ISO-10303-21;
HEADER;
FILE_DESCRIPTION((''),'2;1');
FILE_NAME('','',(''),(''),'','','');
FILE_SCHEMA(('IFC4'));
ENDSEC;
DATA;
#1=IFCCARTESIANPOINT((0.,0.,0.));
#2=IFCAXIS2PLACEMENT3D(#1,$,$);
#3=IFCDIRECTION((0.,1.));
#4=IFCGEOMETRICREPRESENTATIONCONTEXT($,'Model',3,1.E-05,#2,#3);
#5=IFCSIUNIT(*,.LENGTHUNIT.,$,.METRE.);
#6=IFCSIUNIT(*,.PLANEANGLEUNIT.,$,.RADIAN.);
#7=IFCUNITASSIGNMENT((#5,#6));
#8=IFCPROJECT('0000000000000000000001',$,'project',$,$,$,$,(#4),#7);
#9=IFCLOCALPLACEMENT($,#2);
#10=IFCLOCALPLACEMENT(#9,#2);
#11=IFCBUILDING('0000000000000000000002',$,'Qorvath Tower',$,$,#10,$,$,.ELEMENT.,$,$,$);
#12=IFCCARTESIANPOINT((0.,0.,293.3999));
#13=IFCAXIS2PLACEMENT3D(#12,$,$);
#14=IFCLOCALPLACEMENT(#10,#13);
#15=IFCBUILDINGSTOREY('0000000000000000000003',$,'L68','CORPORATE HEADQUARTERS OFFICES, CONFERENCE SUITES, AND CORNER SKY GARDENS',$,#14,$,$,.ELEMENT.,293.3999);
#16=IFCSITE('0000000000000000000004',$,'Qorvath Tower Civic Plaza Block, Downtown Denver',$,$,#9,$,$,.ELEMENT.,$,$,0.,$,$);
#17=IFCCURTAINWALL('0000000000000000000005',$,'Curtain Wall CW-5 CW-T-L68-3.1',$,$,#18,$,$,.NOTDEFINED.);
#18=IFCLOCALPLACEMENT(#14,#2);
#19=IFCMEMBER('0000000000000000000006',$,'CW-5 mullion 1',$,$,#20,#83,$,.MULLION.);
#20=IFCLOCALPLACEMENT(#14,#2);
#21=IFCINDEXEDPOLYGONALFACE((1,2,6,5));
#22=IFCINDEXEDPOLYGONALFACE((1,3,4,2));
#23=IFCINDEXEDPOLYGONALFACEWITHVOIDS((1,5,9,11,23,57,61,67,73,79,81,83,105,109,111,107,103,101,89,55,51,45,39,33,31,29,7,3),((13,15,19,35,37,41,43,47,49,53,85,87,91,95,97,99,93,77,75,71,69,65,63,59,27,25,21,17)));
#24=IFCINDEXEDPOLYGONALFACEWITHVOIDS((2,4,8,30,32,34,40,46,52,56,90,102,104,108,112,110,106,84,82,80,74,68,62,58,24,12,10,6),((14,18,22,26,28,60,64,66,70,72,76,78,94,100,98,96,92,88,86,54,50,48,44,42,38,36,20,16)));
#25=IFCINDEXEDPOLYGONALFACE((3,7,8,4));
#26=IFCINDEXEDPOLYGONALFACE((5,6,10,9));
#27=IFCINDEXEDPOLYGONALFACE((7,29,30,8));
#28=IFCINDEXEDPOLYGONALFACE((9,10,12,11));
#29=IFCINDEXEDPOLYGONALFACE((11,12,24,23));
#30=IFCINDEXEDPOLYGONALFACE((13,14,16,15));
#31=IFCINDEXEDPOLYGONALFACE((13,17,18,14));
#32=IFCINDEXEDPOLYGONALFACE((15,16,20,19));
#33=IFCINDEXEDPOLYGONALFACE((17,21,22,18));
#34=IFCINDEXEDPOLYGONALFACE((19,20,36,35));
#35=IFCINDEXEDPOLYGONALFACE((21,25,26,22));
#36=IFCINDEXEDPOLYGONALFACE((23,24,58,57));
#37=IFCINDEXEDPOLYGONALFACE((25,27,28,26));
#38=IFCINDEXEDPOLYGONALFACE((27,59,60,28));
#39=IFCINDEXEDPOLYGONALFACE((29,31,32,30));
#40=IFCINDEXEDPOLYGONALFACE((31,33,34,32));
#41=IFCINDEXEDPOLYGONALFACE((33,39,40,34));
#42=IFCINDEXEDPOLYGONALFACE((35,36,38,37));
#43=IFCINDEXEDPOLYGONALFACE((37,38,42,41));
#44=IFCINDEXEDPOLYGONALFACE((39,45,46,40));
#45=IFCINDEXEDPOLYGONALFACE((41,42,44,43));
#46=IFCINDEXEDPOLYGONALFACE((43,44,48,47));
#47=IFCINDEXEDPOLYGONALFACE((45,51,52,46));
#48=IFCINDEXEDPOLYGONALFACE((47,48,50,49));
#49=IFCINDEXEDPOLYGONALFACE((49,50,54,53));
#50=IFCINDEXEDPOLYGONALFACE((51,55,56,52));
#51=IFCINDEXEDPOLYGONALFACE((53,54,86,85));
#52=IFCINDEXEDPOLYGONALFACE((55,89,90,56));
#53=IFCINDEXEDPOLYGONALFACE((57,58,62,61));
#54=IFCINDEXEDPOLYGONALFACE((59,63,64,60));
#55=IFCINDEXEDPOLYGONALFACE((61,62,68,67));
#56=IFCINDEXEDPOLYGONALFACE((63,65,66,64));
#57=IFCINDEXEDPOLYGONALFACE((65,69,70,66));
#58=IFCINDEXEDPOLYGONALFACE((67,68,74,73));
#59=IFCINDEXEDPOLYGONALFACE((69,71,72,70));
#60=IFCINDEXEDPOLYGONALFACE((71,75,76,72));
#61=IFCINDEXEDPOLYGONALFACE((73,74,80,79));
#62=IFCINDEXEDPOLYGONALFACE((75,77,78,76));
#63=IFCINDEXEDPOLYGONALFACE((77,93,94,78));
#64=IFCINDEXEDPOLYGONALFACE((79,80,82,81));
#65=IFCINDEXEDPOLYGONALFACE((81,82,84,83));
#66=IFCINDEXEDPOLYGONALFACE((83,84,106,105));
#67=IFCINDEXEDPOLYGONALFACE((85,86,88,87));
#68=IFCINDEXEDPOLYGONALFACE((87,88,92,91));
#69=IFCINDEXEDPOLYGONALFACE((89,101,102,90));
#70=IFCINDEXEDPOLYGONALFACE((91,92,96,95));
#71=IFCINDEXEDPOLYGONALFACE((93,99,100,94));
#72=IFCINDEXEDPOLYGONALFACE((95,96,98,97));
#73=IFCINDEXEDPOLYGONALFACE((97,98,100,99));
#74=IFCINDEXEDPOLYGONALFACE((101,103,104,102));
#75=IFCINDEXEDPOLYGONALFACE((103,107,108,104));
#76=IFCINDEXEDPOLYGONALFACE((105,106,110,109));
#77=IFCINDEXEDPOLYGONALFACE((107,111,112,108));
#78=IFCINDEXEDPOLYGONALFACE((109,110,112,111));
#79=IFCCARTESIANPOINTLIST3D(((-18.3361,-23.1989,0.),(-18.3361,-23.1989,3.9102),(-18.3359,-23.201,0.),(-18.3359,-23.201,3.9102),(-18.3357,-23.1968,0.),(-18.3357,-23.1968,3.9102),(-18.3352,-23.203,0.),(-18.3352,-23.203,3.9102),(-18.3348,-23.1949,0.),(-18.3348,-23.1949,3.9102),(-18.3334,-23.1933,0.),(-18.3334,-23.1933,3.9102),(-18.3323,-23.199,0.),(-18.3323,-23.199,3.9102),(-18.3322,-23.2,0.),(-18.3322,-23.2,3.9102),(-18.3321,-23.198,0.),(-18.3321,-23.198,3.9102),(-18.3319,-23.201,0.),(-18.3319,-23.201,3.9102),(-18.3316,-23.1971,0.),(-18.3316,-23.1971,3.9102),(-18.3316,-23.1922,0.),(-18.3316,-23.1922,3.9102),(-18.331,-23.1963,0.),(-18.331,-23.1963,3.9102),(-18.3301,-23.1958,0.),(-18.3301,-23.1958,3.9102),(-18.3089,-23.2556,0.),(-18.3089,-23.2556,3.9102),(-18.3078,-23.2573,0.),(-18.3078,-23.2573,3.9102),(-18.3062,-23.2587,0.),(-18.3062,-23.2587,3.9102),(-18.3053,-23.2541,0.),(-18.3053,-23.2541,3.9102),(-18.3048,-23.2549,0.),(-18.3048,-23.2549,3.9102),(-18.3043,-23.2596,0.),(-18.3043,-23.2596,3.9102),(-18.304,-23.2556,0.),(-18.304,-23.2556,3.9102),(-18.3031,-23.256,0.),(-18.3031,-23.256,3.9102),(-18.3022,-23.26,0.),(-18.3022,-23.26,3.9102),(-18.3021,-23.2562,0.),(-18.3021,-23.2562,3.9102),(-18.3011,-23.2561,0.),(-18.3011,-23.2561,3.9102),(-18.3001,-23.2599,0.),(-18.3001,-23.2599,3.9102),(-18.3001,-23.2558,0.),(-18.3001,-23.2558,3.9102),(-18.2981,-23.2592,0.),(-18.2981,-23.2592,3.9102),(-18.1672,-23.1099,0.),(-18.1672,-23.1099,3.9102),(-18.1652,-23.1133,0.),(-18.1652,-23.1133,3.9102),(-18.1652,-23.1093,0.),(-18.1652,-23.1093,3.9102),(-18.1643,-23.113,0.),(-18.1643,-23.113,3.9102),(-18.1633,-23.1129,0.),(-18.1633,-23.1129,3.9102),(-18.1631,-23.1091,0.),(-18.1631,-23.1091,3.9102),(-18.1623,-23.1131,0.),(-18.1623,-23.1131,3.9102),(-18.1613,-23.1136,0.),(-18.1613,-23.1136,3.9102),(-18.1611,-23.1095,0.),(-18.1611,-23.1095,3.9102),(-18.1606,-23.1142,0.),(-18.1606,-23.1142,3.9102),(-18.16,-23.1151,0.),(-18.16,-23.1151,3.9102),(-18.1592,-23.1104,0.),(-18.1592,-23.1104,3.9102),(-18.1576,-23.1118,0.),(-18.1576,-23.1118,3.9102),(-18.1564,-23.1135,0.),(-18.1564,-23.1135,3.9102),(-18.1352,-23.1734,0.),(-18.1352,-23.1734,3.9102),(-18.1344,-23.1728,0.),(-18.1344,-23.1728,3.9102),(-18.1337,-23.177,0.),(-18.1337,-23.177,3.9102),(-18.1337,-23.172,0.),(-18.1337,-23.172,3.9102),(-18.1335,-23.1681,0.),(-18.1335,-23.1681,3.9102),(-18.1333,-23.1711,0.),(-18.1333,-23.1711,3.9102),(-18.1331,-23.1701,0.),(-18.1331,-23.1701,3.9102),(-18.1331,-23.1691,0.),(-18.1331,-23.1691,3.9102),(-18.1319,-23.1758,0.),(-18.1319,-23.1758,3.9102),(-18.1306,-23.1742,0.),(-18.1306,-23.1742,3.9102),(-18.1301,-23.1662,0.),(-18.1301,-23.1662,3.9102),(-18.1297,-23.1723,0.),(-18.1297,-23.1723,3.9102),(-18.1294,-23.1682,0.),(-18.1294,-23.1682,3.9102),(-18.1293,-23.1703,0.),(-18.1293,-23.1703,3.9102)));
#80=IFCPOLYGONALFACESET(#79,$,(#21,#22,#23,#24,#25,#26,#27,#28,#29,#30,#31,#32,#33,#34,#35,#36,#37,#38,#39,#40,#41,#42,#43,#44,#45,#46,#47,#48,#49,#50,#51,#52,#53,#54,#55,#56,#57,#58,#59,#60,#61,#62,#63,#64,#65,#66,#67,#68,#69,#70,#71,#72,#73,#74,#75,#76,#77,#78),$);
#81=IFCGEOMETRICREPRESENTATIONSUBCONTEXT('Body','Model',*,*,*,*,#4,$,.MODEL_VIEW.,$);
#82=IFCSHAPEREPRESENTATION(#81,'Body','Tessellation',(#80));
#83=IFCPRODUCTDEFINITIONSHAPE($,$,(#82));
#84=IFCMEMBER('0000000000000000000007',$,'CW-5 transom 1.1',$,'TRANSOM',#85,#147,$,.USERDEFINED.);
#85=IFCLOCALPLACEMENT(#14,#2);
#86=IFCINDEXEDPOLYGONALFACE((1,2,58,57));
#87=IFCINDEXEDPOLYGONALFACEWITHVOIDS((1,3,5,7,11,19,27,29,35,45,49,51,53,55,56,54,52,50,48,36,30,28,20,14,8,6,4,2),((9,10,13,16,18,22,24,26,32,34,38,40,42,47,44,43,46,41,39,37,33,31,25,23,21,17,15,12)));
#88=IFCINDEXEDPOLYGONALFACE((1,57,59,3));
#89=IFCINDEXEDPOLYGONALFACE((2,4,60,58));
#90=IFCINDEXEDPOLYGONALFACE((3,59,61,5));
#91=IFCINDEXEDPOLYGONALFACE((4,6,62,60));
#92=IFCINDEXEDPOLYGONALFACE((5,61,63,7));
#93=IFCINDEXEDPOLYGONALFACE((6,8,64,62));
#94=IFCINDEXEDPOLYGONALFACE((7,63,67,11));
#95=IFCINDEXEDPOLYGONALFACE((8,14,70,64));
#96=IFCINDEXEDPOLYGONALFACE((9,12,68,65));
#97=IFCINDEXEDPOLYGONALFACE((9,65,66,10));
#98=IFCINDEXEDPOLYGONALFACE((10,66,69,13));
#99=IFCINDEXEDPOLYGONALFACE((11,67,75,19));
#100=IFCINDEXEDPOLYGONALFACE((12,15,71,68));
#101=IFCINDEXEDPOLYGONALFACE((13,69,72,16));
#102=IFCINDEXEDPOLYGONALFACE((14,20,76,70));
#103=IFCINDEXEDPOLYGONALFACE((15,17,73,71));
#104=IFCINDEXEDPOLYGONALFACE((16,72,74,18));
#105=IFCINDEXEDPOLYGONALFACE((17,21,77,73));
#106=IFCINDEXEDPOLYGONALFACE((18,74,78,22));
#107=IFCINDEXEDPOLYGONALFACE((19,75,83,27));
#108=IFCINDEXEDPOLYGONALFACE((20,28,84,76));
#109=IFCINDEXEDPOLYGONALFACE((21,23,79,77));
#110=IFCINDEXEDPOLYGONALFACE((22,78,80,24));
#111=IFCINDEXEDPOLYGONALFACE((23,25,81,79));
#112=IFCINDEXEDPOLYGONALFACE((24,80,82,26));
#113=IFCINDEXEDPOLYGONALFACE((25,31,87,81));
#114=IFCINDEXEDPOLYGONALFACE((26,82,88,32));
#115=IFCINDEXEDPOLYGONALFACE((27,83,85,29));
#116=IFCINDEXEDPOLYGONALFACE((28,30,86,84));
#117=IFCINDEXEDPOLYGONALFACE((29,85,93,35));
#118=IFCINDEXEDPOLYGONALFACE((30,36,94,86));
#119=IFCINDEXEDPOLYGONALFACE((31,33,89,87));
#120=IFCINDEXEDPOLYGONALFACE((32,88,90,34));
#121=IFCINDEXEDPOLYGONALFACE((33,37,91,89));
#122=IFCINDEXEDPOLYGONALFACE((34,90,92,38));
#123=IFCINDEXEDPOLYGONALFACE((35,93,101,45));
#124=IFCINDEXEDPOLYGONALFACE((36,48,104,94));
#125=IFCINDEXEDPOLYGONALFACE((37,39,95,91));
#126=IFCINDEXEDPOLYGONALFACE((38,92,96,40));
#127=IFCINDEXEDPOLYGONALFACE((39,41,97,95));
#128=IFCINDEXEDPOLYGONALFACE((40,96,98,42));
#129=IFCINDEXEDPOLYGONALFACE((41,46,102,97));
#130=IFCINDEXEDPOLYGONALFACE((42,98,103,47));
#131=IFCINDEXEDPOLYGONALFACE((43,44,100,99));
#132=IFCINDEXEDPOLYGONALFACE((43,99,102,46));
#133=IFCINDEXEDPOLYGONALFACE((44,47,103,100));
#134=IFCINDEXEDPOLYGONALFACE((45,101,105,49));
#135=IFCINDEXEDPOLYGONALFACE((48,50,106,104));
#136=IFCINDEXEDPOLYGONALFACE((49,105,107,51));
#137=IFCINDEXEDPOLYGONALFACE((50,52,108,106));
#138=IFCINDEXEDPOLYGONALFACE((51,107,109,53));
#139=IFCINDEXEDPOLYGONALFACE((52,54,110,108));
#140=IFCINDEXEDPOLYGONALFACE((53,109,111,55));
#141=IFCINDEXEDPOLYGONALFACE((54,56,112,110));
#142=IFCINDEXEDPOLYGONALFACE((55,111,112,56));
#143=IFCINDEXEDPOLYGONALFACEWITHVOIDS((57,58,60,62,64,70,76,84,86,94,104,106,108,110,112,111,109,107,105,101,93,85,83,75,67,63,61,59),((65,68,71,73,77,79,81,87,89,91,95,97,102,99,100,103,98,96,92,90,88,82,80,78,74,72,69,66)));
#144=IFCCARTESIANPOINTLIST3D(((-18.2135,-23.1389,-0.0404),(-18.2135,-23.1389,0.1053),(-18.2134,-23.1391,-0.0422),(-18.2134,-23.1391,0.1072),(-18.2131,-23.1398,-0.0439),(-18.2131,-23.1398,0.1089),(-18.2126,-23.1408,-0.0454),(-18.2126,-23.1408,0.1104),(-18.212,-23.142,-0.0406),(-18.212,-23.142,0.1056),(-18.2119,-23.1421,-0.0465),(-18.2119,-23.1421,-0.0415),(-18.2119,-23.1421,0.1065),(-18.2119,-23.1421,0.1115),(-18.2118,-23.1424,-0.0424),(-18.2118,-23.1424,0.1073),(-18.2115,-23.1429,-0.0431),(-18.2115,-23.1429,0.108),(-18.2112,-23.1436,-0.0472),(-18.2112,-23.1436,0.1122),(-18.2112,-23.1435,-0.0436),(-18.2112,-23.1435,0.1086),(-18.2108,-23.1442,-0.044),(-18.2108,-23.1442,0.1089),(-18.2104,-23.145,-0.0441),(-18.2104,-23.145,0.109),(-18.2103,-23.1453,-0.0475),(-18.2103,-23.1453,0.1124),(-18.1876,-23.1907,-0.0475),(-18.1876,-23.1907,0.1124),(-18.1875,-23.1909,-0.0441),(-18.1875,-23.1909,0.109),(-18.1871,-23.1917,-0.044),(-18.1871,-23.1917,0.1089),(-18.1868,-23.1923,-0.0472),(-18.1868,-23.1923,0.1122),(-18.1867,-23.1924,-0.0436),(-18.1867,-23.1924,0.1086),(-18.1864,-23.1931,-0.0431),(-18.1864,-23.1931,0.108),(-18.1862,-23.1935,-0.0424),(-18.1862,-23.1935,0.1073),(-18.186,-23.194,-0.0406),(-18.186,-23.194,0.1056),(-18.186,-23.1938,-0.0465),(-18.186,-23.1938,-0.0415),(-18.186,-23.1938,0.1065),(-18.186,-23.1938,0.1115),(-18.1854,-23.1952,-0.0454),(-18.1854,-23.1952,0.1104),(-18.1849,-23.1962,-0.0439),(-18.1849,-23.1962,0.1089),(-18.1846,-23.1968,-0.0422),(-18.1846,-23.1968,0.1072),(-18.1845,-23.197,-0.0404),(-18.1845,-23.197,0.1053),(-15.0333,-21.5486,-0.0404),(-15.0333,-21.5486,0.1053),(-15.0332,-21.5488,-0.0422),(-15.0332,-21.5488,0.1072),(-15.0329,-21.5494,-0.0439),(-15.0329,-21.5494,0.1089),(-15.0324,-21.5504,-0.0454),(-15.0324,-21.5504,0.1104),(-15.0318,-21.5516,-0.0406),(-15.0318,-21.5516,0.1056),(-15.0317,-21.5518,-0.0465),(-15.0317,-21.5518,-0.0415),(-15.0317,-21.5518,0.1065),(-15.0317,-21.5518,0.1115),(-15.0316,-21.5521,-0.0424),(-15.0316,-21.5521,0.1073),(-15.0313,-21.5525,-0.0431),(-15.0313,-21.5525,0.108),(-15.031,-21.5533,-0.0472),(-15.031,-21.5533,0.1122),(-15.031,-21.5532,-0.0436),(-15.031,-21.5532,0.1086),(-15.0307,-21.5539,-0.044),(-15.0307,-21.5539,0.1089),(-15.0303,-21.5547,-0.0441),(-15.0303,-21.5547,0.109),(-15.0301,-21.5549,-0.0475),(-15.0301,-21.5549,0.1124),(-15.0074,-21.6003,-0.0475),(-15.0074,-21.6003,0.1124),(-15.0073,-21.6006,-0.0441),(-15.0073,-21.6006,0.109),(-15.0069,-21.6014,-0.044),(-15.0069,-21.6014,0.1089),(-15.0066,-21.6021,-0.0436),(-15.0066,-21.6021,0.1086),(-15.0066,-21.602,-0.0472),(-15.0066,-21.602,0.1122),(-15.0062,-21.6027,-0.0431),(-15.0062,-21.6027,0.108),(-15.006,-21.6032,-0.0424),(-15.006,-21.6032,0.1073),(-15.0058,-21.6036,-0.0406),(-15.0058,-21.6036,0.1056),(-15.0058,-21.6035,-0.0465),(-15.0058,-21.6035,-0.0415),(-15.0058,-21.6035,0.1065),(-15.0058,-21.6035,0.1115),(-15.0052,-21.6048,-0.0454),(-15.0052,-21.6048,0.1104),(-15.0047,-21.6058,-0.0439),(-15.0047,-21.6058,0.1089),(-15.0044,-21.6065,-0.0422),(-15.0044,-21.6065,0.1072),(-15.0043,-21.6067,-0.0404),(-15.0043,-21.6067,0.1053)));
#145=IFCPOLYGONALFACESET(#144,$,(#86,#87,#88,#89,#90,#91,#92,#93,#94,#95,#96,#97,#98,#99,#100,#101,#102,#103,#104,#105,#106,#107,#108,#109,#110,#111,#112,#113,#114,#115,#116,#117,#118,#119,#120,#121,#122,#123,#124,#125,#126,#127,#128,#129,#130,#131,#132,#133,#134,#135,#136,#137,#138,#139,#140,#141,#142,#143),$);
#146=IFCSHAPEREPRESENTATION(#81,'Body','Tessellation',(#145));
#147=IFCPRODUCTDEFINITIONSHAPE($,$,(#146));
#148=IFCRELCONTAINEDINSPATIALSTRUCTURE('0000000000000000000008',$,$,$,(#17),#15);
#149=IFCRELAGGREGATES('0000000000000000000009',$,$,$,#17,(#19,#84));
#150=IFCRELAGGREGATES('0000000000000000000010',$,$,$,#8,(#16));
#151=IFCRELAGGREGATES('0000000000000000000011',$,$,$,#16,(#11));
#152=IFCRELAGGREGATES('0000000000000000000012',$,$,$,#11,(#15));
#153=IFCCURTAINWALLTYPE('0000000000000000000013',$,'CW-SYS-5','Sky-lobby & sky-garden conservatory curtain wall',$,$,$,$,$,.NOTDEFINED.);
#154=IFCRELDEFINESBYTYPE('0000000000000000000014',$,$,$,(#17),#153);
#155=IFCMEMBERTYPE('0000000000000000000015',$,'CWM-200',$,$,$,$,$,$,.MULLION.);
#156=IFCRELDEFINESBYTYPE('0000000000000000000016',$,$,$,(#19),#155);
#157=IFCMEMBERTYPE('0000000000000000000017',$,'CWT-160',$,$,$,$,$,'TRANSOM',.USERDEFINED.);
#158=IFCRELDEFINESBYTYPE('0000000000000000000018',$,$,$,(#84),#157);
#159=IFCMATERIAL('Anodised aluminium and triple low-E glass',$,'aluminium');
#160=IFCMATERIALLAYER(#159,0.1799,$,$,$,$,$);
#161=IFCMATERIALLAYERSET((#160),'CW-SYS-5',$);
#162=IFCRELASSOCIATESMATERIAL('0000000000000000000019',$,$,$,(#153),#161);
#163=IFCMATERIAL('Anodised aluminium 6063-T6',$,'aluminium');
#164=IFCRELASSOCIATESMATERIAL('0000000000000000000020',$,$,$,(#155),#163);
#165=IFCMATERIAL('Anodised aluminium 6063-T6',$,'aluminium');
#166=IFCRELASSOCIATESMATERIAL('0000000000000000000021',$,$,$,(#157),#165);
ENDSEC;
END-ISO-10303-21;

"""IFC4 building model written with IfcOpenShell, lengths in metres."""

from ifc_helpers import new_model, si_unit, direction, frame, origin, origin_2d, place, context, subcontext, project, spatial, hollow_rectangle, extrude, material, layer, layer_set, material_profile, profile_set, type_object, element, aggregate, save


model = new_model("IFC4")

# Units and contexts
model_context = context("Model", 3, precision=1e-05, world=origin(), true_north=direction((0.0, 1.0)))
body_context = subcontext(model_context, "Body", "Model", "MODEL_VIEW")
ifc_project = project(units=[si_unit("LENGTHUNIT", "METRE"), si_unit("PLANEANGLEUNIT", "RADIAN")], contexts=[model_context])

# Site, building, storey
site_placement = place(None, origin())
site = spatial("IfcSite", under=ifc_project, at=site_placement, Name="Qorvath Tower Civic Plaza Block, Downtown Denver", CompositionType="ELEMENT", RefElevation=0.0)
building_placement = place(site_placement, origin())
building = spatial("IfcBuilding", under=site, at=building_placement, Name="Qorvath Tower", CompositionType="ELEMENT")
storey_placement = place(building_placement, frame((0.0, 0.0, 293.3999)))
storey = spatial("IfcBuildingStorey", under=building, at=storey_placement, Name="L68", Description="CORPORATE HEADQUARTERS OFFICES, CONFERENCE SUITES, AND CORNER SKY GARDENS", CompositionType="ELEMENT", Elevation=293.3999)

# Shared definitions
ifc_material_1 = material(Name="Anodised aluminium and triple low-E glass", Category="aluminium")
ifc_layer_1 = layer(ifc_material_1, 0.1799)
ifc_layer_set_1 = layer_set([ifc_layer_1], Name="CW-SYS-5")
curtain_wall_type = type_object("IfcCurtainWallType", Name="CW-SYS-5", Description="Sky-lobby & sky-garden conservatory curtain wall", PredefinedType="NOTDEFINED", material=ifc_layer_set_1)
ifc_material_2 = material(Name="Anodised aluminium 6063-T6", Category="aluminium")
ifc_material_profile_1 = material_profile(ifc_material_2, hollow_rectangle(XDim=0.075, YDim=0.2, WallThickness=0.0039, InnerFilletRadius=0.0039, OuterFilletRadius=0.0081, at=origin_2d()), Name="CWM 200x75")
ifc_profile_set_1 = profile_set([ifc_material_profile_1], Name="Anodised aluminium 6063-T6")
member_type_1 = type_object("IfcMemberType", Name="CWM-200", PredefinedType="MULLION", material=ifc_profile_set_1)

# Curtain wall, members
curtain_wall_1_placement = place(storey_placement, origin())
curtain_wall_1 = element("IfcCurtainWall", 1, at=curtain_wall_1_placement, inside=storey, type_object=curtain_wall_type, Name="Curtain Wall CW-5 CW-T-L68-3.1", PredefinedType="NOTDEFINED")
member_1_placement = place(storey_placement, frame((-18.2327, -23.1846, 0.0), z_axis=(0.0, 0.0, 1.0), x_axis=(-0.447214, 0.894427, 0.0)))
member_1 = element("IfcMember", 2, at=member_1_placement, type_object=member_type_1, Name="CW-5 mullion 1", PredefinedType="MULLION", context=body_context, shape_type="SweptSolid", body=[
    extrude(hollow_rectangle(XDim=0.075, YDim=0.2, WallThickness=0.0039, InnerFilletRadius=0.0039, OuterFilletRadius=0.0081, at=origin_2d()), origin(), (0.0, 0.0, 1.0), 3.9102),
])
ifc_material_3 = material(Name="Anodised aluminium 6063-T6", Category="aluminium")
ifc_material_profile_2 = material_profile(ifc_material_3, hollow_rectangle(XDim=0.0649, YDim=0.1599, WallThickness=0.0034, InnerFilletRadius=0.0034, OuterFilletRadius=0.0071, at=origin_2d()), Name="CWT 160x65")
ifc_profile_set_2 = profile_set([ifc_material_profile_2], Name="Anodised aluminium 6063-T6")
member_type_2 = type_object("IfcMemberType", Name="CWT-160", ElementType="TRANSOM", PredefinedType="USERDEFINED", material=ifc_profile_set_2)
member_2_placement = place(storey_placement, frame((-18.199, -23.168, 0.0325), z_axis=(0.8944, 0.447269, 0.0), x_axis=(-0.447269, 0.8944, 0.0)))
member_2 = element("IfcMember", 3, at=member_2_placement, type_object=member_type_2, Name="CW-5 transom 1.1", ObjectType="TRANSOM", PredefinedType="USERDEFINED", context=body_context, shape_type="SweptSolid", body=[
    extrude(hollow_rectangle(XDim=0.0649, YDim=0.1599, WallThickness=0.0034, InnerFilletRadius=0.0034, OuterFilletRadius=0.0071, at=origin_2d()), origin(), (0.0, 0.0, 1.0), 3.5557),
])

aggregate(curtain_wall_1, [member_1, member_2])

save(model, "model.ifc")
